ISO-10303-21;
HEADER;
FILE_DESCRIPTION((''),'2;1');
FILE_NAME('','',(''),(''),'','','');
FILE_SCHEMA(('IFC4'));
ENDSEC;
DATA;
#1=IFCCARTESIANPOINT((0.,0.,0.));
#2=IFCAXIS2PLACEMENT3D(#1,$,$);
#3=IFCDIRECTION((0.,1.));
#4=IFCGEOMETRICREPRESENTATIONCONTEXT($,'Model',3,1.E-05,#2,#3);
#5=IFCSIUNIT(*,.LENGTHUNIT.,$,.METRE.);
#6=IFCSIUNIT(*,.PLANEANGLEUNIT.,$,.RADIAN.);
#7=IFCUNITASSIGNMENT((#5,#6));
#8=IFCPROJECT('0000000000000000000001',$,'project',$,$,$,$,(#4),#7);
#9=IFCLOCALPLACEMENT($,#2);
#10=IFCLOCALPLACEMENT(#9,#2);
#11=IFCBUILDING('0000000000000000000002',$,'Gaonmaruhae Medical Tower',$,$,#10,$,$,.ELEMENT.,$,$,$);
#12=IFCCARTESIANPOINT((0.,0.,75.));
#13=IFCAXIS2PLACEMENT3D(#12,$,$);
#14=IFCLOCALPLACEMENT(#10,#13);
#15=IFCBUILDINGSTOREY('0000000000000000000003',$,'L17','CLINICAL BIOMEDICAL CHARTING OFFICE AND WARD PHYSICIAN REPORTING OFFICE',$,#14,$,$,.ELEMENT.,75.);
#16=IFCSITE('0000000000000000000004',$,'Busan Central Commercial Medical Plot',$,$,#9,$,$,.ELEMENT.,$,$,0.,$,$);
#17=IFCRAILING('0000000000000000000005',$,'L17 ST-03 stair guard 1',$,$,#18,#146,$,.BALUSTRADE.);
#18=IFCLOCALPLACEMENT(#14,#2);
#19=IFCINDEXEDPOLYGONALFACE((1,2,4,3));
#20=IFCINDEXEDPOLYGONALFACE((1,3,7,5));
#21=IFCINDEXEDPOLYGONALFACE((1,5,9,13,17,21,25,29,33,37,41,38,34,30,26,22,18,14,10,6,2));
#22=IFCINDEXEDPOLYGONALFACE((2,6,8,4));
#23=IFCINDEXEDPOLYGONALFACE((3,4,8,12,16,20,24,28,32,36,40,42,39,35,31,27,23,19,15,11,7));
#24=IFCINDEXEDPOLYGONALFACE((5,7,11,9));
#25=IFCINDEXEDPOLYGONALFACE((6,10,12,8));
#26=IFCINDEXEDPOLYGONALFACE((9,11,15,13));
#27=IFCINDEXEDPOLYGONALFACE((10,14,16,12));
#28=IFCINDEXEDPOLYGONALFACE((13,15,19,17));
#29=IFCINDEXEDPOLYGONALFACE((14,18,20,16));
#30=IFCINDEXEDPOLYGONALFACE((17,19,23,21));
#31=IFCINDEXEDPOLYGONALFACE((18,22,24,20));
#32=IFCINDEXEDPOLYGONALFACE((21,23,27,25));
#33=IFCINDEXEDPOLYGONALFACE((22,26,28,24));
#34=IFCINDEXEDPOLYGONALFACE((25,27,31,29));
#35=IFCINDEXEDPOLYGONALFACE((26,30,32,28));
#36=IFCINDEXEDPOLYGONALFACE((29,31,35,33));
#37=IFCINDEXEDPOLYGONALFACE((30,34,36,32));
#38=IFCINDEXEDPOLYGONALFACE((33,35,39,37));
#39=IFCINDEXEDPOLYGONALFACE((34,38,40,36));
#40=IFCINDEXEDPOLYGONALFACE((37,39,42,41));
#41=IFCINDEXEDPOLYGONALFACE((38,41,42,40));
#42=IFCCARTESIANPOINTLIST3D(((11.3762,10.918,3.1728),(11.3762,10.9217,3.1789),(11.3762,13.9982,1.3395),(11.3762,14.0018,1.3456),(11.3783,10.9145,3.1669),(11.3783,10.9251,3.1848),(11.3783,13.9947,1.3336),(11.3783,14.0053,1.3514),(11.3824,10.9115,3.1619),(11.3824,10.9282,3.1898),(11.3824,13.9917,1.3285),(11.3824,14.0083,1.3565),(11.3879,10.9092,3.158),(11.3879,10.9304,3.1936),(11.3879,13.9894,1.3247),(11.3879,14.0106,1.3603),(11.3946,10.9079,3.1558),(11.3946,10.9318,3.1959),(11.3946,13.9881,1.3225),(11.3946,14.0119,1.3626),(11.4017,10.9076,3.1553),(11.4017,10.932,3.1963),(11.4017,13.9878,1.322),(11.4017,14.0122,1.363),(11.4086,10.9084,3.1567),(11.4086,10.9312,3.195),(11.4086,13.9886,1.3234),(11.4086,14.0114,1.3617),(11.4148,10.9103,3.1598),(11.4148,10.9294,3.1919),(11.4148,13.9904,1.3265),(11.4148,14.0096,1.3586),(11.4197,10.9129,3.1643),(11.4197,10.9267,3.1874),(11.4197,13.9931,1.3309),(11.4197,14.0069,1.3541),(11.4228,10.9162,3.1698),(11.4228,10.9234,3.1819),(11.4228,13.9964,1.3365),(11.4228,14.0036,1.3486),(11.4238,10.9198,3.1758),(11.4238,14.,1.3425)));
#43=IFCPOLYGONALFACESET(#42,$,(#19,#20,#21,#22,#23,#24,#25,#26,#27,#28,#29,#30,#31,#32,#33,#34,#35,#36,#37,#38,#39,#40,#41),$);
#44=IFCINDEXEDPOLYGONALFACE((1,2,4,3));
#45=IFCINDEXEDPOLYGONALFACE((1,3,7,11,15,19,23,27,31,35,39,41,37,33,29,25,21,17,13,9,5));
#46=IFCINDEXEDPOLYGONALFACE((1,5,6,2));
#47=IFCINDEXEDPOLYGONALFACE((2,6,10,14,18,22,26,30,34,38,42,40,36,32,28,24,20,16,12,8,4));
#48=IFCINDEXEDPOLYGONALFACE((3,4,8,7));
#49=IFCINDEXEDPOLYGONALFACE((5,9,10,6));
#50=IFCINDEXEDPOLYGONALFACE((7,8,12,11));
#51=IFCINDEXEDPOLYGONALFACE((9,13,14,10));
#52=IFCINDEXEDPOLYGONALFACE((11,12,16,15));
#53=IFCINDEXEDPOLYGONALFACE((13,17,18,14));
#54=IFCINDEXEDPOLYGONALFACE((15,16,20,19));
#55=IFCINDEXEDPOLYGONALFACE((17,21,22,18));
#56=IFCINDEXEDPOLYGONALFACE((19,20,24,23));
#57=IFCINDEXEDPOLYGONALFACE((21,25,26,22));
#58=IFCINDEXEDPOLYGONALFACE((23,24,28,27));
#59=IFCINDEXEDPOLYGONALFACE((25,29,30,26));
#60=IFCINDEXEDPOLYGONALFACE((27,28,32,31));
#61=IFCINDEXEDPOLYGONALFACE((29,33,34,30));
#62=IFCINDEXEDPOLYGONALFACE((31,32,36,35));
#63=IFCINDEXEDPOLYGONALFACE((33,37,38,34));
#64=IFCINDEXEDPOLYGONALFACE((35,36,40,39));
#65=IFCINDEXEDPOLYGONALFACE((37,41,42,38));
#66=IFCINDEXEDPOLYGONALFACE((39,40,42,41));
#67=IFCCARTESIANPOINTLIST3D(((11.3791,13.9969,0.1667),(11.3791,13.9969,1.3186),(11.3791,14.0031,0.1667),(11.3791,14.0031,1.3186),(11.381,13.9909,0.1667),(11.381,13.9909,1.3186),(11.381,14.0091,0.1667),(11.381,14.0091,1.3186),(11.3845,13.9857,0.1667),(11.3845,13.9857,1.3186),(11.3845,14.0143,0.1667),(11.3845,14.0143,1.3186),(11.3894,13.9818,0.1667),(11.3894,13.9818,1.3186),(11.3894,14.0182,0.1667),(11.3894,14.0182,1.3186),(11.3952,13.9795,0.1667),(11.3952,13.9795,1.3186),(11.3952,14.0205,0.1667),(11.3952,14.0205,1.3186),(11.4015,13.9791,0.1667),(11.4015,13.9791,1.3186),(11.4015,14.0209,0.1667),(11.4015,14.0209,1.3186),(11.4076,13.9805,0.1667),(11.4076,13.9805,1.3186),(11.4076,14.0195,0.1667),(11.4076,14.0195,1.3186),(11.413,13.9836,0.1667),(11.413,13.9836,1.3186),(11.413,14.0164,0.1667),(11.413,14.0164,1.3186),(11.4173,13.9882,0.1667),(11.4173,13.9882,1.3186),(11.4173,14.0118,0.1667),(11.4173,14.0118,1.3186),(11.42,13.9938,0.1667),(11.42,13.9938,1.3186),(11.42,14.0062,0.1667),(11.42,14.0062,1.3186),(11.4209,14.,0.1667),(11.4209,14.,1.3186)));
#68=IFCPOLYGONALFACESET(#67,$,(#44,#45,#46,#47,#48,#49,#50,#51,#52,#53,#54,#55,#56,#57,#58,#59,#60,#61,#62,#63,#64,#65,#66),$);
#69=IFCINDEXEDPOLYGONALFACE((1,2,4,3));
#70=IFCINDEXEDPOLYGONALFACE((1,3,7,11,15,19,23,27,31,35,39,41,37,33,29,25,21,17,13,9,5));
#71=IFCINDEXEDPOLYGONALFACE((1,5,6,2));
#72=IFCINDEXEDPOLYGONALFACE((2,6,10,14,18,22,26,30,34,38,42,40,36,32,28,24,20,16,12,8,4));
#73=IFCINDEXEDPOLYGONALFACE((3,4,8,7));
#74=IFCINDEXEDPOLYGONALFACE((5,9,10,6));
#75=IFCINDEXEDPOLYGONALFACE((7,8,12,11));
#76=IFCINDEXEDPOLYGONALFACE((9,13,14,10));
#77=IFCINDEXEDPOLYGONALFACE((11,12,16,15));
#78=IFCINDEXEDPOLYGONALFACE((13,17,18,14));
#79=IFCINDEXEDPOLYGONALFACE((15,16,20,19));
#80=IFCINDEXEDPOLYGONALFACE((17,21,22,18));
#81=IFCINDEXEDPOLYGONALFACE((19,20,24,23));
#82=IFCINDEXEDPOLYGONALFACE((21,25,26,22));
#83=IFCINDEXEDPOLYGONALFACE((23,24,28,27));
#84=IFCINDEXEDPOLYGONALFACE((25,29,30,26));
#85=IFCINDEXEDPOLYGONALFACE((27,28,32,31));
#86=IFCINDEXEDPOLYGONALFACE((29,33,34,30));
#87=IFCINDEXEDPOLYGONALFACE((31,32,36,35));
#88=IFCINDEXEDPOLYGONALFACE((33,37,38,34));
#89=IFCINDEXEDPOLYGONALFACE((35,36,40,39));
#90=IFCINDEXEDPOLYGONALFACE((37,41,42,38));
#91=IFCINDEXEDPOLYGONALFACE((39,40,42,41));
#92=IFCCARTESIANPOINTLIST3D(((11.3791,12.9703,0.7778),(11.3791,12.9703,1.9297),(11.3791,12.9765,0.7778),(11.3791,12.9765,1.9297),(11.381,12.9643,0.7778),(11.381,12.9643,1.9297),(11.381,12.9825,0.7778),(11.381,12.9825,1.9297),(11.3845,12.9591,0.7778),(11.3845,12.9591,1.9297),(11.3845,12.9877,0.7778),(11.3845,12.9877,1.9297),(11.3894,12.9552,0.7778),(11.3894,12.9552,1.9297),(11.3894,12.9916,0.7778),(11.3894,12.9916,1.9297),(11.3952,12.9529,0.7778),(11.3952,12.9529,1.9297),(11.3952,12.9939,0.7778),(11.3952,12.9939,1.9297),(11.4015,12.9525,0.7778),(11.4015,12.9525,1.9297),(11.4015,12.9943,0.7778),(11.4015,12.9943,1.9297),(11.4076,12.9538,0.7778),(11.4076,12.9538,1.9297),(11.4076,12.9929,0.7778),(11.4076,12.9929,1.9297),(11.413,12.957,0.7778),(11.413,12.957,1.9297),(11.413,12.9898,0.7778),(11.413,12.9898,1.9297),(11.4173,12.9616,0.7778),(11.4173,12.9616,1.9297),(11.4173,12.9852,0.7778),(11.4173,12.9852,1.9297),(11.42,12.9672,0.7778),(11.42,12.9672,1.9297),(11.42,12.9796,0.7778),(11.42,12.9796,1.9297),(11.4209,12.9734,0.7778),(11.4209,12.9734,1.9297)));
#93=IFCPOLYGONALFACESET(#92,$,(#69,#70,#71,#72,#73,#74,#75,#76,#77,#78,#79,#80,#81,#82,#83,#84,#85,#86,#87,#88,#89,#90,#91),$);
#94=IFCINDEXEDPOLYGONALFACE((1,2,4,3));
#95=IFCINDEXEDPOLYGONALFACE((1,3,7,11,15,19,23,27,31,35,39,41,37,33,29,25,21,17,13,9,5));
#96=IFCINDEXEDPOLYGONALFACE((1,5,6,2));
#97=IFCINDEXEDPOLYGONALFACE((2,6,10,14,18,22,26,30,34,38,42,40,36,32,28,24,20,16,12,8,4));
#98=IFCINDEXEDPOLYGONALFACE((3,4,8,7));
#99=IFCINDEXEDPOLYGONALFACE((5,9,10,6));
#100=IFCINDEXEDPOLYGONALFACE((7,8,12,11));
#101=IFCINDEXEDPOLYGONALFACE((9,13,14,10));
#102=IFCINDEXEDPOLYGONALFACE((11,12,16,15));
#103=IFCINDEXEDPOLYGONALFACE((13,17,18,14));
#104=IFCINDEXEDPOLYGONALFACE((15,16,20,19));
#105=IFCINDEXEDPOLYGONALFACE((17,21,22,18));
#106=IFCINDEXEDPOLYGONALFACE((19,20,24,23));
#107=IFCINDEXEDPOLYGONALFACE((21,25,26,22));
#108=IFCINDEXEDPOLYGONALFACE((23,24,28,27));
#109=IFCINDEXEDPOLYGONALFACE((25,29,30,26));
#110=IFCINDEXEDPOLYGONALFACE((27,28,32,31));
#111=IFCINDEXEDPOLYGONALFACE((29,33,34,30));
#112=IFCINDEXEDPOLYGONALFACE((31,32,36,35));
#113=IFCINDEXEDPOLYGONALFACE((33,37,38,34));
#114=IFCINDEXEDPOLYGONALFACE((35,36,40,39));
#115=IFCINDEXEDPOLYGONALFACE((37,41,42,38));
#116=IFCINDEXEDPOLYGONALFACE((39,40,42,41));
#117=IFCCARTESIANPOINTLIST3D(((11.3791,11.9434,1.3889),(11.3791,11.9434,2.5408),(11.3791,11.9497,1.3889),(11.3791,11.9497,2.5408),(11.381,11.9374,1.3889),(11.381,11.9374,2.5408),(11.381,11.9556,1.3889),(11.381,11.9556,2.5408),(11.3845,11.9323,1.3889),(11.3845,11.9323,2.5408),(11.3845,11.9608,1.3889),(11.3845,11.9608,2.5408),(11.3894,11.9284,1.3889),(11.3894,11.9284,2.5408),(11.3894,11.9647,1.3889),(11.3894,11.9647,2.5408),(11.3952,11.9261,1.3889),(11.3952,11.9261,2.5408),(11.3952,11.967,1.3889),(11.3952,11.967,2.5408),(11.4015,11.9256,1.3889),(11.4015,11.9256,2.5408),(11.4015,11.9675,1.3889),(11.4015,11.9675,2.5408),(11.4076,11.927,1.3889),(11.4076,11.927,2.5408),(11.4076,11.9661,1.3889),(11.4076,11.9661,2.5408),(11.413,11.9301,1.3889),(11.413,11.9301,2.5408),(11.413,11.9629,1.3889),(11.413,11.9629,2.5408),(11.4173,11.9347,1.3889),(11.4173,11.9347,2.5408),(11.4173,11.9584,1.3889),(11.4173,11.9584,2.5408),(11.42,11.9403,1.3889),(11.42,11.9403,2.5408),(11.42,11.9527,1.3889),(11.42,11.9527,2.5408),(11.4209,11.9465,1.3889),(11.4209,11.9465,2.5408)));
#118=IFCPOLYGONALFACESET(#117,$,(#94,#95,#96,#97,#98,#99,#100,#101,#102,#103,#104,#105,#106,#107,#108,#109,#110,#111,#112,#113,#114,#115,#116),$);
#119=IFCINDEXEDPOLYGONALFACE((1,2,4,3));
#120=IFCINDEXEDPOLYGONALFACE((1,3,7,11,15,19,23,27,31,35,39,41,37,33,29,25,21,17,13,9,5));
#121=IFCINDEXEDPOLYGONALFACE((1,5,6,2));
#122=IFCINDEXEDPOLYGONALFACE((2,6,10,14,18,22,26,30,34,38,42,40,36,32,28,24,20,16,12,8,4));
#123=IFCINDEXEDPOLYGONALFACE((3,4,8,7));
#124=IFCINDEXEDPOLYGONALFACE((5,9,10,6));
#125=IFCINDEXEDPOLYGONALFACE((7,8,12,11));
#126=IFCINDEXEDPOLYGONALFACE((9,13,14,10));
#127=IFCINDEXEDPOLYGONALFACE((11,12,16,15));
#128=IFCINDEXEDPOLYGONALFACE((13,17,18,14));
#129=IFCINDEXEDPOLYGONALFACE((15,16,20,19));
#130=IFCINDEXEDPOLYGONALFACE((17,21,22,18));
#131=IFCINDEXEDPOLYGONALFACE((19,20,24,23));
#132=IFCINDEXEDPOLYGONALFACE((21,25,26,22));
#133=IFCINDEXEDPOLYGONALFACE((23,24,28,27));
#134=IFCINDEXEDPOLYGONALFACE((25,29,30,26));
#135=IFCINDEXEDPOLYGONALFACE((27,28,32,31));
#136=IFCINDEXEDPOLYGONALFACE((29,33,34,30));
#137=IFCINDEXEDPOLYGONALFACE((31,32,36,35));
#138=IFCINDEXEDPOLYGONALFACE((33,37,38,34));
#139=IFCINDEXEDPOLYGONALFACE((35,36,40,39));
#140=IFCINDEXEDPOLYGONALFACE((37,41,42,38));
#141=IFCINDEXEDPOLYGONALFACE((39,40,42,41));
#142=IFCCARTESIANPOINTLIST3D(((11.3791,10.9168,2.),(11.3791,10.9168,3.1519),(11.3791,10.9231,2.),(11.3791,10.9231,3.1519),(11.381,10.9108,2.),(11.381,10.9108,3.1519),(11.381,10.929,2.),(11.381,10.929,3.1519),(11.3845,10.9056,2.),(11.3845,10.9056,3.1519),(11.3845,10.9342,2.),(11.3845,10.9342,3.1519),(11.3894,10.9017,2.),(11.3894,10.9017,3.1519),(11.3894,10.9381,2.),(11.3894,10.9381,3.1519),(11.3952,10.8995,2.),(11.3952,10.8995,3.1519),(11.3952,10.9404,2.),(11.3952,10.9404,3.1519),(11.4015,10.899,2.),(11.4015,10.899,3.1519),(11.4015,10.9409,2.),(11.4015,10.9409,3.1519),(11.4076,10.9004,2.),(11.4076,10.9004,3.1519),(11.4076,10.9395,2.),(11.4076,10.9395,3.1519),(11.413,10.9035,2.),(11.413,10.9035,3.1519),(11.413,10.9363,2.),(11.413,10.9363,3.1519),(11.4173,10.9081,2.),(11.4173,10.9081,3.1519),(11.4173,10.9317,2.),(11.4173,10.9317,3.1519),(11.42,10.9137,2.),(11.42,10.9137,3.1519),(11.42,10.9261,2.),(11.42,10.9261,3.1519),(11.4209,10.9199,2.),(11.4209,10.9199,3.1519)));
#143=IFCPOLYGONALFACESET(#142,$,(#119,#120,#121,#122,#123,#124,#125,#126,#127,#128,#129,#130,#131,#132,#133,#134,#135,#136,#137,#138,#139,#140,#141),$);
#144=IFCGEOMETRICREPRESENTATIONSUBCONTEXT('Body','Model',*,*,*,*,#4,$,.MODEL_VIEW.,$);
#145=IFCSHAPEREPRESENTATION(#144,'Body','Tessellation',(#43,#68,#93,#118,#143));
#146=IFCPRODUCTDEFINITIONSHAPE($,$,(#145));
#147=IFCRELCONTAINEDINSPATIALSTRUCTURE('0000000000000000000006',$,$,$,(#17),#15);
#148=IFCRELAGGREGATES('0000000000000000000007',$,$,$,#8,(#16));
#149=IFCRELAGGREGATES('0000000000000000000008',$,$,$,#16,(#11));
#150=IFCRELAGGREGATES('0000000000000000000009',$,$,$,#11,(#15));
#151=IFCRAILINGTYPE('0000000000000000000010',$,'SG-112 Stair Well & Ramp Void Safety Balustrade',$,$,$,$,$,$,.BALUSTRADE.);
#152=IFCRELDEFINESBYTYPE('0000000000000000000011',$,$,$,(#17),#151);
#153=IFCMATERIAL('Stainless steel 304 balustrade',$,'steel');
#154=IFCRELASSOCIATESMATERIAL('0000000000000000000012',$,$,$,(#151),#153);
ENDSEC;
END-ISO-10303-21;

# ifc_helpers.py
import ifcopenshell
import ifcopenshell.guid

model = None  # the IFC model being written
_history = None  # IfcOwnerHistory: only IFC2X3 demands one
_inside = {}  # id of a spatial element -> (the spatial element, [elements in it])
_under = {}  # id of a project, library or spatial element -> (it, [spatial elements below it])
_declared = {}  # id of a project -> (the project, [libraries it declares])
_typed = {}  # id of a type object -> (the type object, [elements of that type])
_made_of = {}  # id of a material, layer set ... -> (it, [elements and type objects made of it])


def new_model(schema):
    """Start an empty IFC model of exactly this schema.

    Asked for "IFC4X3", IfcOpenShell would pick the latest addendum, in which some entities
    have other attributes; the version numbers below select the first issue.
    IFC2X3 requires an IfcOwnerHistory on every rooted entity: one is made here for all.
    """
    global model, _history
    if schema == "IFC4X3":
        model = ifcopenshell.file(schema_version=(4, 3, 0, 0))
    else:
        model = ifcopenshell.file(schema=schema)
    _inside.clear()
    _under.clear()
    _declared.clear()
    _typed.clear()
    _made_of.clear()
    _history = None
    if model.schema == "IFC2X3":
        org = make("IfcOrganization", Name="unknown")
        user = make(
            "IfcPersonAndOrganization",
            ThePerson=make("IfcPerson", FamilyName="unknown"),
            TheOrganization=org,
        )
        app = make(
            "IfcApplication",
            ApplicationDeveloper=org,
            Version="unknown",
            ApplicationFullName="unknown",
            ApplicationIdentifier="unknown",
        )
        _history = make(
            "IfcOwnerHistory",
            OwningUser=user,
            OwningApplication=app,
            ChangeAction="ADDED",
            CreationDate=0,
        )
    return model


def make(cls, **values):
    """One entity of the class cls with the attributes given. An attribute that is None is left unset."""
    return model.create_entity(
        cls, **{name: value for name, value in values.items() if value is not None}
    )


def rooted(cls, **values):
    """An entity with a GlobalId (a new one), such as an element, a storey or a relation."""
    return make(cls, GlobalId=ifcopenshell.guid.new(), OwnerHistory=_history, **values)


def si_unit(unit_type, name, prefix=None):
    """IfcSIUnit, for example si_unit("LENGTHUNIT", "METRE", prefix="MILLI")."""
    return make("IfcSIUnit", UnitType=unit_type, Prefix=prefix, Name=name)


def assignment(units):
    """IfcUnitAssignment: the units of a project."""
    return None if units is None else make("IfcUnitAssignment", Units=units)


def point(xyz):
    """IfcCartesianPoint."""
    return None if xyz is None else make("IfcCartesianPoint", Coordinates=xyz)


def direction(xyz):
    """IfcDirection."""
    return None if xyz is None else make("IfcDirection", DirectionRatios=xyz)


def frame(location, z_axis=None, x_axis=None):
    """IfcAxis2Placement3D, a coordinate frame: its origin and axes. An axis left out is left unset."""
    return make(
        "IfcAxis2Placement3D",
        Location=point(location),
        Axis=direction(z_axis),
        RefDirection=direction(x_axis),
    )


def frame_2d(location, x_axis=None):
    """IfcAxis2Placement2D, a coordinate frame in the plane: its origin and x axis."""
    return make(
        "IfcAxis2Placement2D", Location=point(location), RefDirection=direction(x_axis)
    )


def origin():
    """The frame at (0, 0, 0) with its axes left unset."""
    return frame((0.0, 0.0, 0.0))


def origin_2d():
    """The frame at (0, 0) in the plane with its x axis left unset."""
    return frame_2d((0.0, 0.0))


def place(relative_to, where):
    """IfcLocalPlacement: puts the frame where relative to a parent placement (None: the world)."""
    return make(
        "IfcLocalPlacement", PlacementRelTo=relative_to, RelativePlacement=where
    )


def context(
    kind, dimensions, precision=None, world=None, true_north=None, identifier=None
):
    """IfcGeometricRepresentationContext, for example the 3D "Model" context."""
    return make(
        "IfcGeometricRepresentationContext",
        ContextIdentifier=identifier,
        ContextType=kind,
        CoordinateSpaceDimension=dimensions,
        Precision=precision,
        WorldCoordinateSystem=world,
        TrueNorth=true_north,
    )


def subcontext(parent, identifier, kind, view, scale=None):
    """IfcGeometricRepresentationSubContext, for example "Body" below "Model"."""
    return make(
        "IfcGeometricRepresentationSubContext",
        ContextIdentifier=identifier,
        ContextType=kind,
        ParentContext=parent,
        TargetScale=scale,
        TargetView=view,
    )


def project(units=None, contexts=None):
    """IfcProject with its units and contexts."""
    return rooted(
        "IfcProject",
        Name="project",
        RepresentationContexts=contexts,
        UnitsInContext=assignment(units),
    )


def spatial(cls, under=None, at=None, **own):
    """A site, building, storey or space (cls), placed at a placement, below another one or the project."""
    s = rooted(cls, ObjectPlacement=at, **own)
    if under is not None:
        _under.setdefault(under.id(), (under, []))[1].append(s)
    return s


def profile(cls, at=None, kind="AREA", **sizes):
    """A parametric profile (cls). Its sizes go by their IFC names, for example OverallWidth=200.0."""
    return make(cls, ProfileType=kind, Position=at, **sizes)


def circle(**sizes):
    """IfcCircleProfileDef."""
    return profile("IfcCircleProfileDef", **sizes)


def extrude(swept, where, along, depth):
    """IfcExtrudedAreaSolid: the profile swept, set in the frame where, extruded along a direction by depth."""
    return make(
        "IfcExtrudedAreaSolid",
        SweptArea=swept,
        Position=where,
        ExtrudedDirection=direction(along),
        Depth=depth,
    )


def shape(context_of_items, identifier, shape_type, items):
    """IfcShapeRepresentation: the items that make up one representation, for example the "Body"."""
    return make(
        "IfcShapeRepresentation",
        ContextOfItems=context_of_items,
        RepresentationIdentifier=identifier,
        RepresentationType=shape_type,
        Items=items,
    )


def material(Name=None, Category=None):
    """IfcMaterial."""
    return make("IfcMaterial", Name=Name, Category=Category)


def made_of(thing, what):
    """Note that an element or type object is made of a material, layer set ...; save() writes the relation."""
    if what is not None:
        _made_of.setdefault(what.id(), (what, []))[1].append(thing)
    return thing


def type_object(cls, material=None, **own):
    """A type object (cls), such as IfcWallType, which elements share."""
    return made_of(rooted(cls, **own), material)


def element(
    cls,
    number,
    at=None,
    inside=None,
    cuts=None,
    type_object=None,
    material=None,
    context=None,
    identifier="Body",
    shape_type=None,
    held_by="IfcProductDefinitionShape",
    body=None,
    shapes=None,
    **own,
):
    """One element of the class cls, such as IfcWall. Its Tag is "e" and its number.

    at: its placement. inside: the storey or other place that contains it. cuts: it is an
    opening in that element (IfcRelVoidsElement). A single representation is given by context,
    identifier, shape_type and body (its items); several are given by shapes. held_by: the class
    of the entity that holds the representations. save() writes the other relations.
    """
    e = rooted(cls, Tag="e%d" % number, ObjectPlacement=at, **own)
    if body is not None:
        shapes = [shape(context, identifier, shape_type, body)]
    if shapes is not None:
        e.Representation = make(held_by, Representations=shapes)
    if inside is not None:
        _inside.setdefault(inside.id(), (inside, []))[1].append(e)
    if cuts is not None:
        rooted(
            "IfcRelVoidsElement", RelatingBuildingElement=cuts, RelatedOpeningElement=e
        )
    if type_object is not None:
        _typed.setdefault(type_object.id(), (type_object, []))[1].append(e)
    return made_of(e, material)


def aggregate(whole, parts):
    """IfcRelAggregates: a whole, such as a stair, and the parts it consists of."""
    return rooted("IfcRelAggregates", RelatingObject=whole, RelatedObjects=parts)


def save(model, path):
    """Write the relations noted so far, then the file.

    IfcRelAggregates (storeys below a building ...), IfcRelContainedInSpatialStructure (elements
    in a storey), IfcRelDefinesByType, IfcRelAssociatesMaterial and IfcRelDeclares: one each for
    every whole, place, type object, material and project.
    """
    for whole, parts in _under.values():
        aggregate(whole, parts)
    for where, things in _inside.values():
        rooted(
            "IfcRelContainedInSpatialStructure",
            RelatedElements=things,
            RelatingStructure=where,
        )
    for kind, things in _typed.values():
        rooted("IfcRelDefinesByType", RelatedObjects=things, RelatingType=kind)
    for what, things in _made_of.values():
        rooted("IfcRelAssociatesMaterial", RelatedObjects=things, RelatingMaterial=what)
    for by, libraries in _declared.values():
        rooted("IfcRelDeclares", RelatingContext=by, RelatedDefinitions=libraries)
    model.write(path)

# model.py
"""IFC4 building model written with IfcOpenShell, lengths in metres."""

from ifc_helpers import new_model, si_unit, direction, frame, origin, origin_2d, place, context, subcontext, project, spatial, circle, extrude, material, type_object, element, save


model = new_model("IFC4")

# Units and contexts
model_context = context("Model", 3, precision=1e-05, world=origin(), true_north=direction((0.0, 1.0)))
body_context = subcontext(model_context, "Body", "Model", "MODEL_VIEW")
ifc_project = project(units=[si_unit("LENGTHUNIT", "METRE"), si_unit("PLANEANGLEUNIT", "RADIAN")], contexts=[model_context])

# Site, building, storey
site_placement = place(None, origin())
site = spatial("IfcSite", under=ifc_project, at=site_placement, Name="Busan Central Commercial Medical Plot", CompositionType="ELEMENT", RefElevation=0.0)
building_placement = place(site_placement, origin())
building = spatial("IfcBuilding", under=site, at=building_placement, Name="Gaonmaruhae Medical Tower", CompositionType="ELEMENT")
storey_placement = place(building_placement, frame((0.0, 0.0, 75.0)))
storey = spatial("IfcBuildingStorey", under=building, at=storey_placement, Name="L17", Description="CLINICAL BIOMEDICAL CHARTING OFFICE AND WARD PHYSICIAN REPORTING OFFICE", CompositionType="ELEMENT", Elevation=75.0)

# Railing
ifc_material_1 = material(Name="Stainless steel 304 balustrade", Category="steel")
railing_type_1 = type_object("IfcRailingType", Name="SG-112 Stair Well & Ramp Void Safety Balustrade", PredefinedType="BALUSTRADE", material=ifc_material_1)
railing_1_placement = place(storey_placement, frame((11.3999, 14.0, 0.1667)))
element("IfcRailing", 1, at=railing_1_placement, inside=storey, type_object=railing_type_1, Name="L17 ST-03 stair guard 1", PredefinedType="BALUSTRADE", context=body_context, shape_type="SweptSolid", body=[
    extrude(circle(Radius=0.0239, at=origin_2d()), frame((0.0, 0.0, 1.1758), z_axis=(0.0, -0.859309, 0.511458), x_axis=(1.0, 0.0, 0.0)), (0.0, 0.0, 1.0), 3.5845),
    extrude(circle(Radius=0.021, at=origin_2d()), origin(), (0.0, 0.0, 1.0), 1.1519),
    extrude(circle(Radius=0.021, at=origin_2d()), frame((0.0, -1.0266, 0.6111)), (0.0, 0.0, 1.0), 1.1519),
    extrude(circle(Radius=0.021, at=origin_2d()), frame((0.0, -2.0535, 1.2222)), (0.0, 0.0, 1.0), 1.1519),
    extrude(circle(Radius=0.021, at=origin_2d()), frame((0.0, -3.0801, 1.8333)), (0.0, 0.0, 1.0), 1.1519),
])

save(model, "model.ifc")
